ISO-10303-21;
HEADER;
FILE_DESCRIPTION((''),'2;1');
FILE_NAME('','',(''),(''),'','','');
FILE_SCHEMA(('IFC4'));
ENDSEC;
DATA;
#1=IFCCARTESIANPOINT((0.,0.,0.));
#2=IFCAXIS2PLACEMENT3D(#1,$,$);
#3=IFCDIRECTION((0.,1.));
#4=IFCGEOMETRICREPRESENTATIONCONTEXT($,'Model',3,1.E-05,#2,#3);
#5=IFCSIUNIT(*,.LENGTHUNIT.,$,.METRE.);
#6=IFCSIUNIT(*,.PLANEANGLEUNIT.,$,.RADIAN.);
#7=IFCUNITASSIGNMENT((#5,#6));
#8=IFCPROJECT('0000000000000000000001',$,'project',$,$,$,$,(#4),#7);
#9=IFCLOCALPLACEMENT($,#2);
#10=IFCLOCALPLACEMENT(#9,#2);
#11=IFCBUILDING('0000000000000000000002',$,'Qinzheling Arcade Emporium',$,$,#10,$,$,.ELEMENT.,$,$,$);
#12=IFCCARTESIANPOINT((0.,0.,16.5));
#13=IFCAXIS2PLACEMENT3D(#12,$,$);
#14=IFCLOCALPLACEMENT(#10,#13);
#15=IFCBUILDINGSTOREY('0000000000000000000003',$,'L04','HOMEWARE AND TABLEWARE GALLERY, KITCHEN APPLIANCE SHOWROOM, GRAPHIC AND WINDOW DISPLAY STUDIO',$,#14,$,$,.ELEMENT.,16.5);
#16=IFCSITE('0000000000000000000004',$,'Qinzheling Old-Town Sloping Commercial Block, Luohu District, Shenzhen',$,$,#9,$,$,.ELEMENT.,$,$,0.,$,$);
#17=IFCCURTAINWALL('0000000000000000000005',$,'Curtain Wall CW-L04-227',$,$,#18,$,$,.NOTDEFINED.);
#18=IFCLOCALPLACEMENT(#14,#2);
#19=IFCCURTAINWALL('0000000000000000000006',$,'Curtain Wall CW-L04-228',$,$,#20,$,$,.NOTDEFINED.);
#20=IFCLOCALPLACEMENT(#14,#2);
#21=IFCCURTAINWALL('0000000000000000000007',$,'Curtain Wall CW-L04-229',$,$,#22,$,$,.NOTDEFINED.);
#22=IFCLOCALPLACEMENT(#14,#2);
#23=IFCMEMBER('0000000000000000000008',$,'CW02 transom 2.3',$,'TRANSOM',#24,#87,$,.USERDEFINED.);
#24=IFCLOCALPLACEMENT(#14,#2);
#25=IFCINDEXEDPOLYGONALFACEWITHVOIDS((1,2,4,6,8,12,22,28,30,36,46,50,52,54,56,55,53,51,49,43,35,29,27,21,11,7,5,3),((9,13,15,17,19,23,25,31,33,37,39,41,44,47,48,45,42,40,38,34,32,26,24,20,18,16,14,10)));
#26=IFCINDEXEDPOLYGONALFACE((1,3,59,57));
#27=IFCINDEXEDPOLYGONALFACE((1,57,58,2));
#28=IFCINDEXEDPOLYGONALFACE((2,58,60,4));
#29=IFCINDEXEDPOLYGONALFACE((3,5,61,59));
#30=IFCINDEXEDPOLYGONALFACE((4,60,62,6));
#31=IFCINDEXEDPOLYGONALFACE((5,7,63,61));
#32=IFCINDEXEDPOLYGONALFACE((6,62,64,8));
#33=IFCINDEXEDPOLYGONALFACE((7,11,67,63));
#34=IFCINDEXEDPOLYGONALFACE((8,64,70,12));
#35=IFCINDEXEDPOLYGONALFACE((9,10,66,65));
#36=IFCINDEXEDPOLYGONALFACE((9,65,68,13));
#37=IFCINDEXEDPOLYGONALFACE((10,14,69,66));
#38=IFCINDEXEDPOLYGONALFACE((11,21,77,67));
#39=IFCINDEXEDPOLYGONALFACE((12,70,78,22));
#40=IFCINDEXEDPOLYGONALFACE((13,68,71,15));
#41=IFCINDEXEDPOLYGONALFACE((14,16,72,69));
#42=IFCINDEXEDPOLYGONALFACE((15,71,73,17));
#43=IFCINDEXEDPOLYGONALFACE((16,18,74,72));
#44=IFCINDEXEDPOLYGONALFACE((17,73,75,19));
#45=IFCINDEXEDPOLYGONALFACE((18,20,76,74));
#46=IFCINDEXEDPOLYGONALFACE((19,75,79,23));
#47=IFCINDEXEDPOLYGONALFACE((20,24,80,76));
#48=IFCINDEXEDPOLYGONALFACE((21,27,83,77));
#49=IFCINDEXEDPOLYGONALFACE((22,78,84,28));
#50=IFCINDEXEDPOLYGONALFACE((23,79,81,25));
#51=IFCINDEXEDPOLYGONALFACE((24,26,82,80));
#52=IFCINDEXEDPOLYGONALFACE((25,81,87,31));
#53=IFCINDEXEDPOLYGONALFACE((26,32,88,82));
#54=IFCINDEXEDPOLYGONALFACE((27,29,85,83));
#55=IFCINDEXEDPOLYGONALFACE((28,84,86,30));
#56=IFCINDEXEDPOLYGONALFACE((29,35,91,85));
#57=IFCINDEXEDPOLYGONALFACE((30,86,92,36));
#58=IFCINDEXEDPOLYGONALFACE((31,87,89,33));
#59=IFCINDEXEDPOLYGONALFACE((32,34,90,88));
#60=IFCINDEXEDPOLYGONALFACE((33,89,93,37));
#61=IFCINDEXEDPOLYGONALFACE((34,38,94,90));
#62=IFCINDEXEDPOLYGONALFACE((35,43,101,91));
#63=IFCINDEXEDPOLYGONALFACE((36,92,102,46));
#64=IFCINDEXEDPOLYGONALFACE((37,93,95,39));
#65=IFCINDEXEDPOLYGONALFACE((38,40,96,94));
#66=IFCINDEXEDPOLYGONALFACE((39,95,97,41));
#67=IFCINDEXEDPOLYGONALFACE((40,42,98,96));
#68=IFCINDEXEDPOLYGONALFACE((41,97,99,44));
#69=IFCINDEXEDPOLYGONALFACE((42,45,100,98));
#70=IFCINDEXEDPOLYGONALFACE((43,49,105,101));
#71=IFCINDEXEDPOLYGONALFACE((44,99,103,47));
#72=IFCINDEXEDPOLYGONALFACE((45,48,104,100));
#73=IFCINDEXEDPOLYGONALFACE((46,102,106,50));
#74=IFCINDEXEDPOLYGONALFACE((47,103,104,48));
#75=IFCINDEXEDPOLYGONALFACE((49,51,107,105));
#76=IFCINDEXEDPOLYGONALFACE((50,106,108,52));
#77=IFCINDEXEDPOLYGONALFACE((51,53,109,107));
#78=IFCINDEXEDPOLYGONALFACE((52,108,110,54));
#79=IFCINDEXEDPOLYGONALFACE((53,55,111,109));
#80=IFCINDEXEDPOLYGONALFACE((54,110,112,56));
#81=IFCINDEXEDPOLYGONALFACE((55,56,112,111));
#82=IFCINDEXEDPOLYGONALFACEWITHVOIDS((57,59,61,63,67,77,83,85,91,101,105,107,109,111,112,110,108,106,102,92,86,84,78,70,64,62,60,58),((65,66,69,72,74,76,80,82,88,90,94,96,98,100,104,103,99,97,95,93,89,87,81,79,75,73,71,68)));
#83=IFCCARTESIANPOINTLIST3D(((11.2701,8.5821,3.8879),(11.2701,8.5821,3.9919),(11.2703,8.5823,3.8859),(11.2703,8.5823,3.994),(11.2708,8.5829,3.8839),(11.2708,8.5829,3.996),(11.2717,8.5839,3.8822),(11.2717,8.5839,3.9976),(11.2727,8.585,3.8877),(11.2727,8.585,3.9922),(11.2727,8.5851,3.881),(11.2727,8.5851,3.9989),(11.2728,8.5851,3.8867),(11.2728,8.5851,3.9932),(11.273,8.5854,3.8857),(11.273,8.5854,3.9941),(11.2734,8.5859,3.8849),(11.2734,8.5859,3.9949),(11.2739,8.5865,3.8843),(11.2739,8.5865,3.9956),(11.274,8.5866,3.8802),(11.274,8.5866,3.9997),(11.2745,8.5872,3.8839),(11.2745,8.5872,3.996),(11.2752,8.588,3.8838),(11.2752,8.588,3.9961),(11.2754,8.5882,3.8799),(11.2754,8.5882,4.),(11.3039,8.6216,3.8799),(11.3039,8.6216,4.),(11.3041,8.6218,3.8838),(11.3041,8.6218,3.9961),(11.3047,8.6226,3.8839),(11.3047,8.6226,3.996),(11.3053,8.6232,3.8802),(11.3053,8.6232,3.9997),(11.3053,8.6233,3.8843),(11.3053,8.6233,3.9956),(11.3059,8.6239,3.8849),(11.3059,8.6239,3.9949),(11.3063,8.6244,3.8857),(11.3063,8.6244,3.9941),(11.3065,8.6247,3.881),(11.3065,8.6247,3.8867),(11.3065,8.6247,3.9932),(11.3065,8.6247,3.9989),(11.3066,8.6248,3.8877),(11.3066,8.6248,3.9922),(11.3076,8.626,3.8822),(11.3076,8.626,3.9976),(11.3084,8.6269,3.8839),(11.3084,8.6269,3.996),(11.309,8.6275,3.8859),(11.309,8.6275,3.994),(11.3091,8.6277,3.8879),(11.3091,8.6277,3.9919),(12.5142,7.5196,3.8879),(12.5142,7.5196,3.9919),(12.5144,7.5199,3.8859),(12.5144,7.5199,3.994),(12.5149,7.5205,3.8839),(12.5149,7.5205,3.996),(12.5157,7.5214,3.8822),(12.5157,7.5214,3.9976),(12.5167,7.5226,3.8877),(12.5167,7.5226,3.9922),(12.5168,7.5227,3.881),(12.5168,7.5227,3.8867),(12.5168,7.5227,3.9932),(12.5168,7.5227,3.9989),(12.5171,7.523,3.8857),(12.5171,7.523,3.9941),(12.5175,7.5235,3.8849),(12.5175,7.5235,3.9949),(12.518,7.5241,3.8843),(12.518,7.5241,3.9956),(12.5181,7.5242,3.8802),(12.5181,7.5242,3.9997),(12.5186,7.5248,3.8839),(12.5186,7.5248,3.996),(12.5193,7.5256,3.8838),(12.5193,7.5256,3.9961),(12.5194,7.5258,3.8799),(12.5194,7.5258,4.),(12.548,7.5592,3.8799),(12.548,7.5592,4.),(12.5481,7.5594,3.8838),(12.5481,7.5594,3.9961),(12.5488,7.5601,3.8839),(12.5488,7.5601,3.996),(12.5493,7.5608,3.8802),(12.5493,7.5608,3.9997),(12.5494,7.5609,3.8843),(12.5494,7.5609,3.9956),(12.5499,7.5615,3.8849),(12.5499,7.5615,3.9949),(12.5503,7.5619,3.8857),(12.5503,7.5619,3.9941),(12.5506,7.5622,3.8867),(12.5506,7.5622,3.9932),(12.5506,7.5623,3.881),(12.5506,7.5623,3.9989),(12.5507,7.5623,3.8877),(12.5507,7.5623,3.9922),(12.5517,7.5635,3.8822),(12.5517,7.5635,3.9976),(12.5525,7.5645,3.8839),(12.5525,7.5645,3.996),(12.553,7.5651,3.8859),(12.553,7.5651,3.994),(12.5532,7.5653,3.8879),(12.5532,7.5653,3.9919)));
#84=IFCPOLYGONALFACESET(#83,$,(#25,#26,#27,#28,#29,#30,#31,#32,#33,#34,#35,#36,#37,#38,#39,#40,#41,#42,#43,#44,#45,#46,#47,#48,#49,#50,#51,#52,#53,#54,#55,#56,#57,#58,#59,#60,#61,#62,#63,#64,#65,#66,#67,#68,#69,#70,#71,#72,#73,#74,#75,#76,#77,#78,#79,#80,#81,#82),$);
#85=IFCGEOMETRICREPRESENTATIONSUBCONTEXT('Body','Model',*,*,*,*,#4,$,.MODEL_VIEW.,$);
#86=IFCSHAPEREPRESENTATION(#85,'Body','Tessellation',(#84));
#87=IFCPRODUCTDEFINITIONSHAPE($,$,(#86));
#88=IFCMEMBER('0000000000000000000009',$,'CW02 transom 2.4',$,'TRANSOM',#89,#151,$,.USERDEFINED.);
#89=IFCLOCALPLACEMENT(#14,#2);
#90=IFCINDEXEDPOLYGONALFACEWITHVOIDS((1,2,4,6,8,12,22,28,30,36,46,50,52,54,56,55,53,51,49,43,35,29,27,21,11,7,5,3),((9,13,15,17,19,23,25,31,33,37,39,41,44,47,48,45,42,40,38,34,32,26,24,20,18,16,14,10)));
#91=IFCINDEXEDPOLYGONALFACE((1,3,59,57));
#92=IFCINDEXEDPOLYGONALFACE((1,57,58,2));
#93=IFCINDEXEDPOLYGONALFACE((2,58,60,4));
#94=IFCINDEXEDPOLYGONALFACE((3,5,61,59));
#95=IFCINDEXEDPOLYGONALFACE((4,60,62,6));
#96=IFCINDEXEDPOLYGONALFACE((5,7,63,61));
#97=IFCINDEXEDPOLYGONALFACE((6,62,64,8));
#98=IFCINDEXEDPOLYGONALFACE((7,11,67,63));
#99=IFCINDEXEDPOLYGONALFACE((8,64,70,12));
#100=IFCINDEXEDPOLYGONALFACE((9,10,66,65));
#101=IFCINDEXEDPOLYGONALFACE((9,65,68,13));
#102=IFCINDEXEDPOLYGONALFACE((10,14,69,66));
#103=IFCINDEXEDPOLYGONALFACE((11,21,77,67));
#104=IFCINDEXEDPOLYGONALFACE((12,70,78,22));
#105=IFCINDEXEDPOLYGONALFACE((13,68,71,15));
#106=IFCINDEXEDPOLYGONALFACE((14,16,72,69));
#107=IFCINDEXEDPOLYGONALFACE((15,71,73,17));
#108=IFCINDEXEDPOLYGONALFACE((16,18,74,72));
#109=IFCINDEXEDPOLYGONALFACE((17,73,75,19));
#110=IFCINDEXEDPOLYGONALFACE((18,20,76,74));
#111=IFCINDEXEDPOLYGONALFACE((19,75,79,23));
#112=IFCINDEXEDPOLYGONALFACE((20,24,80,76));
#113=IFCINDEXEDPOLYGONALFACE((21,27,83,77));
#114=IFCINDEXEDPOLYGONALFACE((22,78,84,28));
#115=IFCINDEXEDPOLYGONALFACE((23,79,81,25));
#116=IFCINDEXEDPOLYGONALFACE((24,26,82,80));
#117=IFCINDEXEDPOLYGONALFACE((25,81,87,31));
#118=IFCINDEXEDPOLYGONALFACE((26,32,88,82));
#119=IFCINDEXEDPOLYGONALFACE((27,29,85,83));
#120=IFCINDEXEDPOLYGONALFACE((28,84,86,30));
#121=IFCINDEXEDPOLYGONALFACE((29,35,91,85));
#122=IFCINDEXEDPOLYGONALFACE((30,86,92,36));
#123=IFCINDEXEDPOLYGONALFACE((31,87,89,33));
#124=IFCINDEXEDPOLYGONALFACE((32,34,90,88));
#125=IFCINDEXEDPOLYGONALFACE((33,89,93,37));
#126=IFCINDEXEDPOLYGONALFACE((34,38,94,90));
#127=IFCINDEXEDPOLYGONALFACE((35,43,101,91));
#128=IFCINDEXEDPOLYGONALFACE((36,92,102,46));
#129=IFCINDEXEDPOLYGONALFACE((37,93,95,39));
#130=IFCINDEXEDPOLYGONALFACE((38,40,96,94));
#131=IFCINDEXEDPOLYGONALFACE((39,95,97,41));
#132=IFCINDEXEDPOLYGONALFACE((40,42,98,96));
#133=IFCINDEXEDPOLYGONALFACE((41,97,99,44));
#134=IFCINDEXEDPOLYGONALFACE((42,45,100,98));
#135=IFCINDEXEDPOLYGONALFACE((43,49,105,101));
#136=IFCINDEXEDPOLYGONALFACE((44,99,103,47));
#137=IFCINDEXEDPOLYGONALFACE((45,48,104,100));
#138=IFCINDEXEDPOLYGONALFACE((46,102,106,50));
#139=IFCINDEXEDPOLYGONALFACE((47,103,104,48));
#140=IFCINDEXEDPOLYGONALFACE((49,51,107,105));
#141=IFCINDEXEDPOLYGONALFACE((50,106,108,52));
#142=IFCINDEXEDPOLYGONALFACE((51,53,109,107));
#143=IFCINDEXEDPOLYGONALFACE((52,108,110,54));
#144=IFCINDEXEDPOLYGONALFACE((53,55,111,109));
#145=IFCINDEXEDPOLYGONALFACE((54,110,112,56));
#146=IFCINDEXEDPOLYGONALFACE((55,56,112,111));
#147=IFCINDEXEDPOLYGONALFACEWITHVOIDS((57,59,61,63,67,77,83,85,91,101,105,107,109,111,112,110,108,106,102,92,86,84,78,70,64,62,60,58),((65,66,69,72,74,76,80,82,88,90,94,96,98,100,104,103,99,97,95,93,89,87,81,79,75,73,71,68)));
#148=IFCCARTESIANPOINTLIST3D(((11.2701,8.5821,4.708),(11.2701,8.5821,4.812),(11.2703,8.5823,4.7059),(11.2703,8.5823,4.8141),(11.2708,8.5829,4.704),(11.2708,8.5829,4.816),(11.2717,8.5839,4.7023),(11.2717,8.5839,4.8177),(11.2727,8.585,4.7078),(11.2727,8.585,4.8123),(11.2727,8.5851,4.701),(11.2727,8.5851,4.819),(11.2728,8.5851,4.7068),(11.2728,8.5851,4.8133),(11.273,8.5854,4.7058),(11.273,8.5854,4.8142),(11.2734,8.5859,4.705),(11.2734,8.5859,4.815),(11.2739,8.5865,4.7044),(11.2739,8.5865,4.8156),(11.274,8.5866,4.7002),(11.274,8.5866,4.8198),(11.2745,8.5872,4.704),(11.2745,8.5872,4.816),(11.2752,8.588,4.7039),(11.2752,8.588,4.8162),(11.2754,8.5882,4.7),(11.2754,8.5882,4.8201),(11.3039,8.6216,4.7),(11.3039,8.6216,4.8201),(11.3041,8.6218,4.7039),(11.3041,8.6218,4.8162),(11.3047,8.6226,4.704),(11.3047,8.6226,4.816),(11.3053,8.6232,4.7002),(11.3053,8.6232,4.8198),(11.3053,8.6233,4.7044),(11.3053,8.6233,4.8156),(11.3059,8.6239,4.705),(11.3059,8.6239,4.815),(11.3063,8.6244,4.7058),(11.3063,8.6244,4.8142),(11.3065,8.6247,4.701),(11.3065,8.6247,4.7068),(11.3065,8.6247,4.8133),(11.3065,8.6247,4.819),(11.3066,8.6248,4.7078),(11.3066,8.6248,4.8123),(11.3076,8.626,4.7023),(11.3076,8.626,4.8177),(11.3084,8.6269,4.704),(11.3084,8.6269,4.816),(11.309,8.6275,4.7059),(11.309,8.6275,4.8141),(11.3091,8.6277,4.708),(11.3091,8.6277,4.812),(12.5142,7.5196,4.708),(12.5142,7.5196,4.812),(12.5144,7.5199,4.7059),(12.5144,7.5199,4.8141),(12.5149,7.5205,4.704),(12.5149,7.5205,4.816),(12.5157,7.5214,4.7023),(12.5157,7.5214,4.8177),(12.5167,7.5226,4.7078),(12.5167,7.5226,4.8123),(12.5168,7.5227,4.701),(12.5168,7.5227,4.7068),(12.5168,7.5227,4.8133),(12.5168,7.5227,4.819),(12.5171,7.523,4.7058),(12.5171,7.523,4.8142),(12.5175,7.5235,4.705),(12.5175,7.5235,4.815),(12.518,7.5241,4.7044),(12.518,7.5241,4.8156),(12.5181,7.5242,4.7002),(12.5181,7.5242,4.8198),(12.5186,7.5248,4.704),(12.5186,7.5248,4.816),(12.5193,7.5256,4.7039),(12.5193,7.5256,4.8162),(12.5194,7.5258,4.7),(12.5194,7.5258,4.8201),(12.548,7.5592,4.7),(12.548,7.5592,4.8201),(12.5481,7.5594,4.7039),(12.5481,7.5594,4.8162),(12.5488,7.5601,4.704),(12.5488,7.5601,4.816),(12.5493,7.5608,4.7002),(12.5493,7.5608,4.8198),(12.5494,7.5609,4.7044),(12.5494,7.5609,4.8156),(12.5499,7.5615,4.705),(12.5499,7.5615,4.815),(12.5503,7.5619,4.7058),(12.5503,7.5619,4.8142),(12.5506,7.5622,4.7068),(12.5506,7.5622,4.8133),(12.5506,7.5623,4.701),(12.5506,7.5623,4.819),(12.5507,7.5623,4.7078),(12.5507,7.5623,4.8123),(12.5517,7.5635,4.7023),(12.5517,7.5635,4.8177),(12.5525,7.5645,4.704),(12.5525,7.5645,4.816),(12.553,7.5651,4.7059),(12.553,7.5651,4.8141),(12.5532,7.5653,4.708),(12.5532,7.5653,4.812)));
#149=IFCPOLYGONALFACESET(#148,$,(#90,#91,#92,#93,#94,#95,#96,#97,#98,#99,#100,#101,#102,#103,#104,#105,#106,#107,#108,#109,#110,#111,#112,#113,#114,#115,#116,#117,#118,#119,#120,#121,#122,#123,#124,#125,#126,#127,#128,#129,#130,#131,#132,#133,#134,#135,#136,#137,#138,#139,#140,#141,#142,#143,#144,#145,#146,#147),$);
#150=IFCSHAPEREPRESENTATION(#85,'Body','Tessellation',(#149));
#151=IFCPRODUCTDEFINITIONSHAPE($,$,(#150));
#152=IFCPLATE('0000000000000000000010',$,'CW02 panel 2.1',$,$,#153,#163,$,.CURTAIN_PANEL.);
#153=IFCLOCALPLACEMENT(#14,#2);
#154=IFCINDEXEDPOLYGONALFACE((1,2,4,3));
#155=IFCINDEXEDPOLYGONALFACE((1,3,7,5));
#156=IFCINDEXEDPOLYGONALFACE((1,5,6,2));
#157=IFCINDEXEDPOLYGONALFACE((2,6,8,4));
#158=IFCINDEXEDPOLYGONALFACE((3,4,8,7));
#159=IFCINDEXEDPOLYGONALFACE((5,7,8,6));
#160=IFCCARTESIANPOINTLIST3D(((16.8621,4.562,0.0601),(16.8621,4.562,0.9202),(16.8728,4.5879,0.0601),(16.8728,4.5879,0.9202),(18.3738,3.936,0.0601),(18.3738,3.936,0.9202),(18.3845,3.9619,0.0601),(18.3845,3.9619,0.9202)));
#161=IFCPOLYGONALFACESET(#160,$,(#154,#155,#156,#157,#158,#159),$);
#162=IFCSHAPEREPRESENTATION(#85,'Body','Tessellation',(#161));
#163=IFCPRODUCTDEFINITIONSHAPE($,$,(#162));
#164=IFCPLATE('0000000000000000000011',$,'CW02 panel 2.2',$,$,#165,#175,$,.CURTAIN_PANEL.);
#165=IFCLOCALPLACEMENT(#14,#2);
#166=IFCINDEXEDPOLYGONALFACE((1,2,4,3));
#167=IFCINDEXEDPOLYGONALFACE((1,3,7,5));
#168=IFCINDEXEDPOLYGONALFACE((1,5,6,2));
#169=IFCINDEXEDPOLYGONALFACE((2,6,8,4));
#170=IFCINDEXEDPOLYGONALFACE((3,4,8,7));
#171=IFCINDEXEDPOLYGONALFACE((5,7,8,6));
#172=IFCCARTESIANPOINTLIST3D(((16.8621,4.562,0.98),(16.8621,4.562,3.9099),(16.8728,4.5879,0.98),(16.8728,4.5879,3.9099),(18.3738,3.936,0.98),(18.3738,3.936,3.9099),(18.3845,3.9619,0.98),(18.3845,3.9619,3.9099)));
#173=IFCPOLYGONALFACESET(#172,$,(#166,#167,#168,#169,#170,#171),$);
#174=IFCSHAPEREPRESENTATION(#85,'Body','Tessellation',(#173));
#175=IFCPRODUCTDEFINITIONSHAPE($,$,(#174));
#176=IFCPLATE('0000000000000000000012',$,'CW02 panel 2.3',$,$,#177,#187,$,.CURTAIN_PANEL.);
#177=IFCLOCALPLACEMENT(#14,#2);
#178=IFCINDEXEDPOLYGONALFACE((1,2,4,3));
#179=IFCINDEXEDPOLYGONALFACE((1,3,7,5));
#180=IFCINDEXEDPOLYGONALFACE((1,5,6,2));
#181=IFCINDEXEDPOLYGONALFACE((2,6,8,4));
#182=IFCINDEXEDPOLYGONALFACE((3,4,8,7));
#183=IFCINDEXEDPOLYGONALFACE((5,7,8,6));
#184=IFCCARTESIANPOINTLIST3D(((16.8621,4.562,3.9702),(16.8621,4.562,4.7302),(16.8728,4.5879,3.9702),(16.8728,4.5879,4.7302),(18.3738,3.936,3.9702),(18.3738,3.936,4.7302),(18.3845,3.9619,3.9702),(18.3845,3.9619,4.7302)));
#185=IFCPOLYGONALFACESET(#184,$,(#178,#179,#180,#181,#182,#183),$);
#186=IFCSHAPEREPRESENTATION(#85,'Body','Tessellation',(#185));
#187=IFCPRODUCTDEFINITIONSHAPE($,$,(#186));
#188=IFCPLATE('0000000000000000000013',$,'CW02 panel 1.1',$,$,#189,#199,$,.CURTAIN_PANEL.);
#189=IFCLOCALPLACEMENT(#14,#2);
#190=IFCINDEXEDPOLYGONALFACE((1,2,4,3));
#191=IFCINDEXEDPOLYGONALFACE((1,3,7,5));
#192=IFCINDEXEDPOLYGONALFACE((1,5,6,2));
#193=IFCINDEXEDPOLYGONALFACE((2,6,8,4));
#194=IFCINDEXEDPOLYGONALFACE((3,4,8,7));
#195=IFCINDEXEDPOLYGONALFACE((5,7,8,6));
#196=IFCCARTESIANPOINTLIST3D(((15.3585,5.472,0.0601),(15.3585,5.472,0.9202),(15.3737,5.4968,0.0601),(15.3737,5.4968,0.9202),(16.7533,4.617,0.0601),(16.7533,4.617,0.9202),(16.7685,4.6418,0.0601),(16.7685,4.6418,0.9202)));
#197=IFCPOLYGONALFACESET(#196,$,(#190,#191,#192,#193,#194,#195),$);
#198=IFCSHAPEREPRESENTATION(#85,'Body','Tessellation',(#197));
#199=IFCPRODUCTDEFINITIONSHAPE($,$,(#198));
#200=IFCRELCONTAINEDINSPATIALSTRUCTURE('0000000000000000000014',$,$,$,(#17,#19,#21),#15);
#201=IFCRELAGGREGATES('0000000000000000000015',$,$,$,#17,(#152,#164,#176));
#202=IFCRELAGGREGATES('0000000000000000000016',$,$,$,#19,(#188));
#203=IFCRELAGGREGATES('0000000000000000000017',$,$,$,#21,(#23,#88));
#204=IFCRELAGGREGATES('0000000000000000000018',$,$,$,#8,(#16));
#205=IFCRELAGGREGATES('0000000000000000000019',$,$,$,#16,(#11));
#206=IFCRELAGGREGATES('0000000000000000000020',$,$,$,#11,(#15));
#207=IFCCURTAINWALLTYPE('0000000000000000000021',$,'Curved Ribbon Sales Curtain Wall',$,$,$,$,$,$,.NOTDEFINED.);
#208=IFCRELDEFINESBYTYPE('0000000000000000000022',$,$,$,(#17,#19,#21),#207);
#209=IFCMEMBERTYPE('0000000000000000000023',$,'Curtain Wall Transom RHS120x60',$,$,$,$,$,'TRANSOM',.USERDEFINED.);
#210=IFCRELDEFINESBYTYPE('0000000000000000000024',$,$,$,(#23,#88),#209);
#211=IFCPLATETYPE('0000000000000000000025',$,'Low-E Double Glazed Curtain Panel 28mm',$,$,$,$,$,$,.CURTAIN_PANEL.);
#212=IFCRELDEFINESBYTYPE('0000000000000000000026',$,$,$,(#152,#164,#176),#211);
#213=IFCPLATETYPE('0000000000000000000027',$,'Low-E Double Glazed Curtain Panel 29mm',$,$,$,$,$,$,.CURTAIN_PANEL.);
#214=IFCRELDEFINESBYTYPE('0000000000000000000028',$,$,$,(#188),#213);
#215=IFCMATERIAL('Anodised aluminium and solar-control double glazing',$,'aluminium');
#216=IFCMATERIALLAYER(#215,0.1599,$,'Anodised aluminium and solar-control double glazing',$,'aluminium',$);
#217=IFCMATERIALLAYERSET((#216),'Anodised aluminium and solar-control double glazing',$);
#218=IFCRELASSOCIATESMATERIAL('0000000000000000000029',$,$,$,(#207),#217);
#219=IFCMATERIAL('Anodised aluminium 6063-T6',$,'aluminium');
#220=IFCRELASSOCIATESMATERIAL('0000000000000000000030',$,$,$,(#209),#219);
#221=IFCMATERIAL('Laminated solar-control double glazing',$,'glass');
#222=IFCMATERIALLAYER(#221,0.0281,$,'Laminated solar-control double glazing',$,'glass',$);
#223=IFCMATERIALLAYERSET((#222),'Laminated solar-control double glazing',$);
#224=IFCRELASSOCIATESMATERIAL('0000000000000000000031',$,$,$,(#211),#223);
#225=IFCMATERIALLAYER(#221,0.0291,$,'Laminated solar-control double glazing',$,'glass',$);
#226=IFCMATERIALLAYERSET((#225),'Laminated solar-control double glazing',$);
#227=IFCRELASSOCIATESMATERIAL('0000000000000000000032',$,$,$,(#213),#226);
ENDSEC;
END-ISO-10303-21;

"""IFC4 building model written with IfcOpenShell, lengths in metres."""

from ifc_helpers import new_model, si_unit, direction, frame, origin, origin_2d, place, context, subcontext, project, spatial, rectangle, hollow_rectangle, extrude, material, layer, layer_set, material_profile, profile_set, type_object, element, aggregate, save


model = new_model("IFC4")

# Units and contexts
model_context = context("Model", 3, precision=1e-05, world=origin(), true_north=direction((0.0, 1.0)))
body_context = subcontext(model_context, "Body", "Model", "MODEL_VIEW")
ifc_project = project(units=[si_unit("LENGTHUNIT", "METRE"), si_unit("PLANEANGLEUNIT", "RADIAN")], contexts=[model_context])

# Site, building, storey
site_placement = place(None, origin())
site = spatial("IfcSite", under=ifc_project, at=site_placement, Name="Qinzheling Old-Town Sloping Commercial Block, Luohu District, Shenzhen", CompositionType="ELEMENT", RefElevation=0.0)
building_placement = place(site_placement, origin())
building = spatial("IfcBuilding", under=site, at=building_placement, Name="Qinzheling Arcade Emporium", CompositionType="ELEMENT")
storey_placement = place(building_placement, frame((0.0, 0.0, 16.5)))
storey = spatial("IfcBuildingStorey", under=building, at=storey_placement, Name="L04", Description="HOMEWARE AND TABLEWARE GALLERY, KITCHEN APPLIANCE SHOWROOM, GRAPHIC AND WINDOW DISPLAY STUDIO", CompositionType="ELEMENT", Elevation=16.5)

# Curtain wall
ifc_material_1 = material(Name="Anodised aluminium and solar-control double glazing", Category="aluminium")
ifc_layer_1 = layer(ifc_material_1, 0.1599, Name="Anodised aluminium and solar-control double glazing", Category="aluminium")
ifc_layer_set_1 = layer_set([ifc_layer_1], Name="Anodised aluminium and solar-control double glazing")
curtain_wall_type = type_object("IfcCurtainWallType", Name="Curved Ribbon Sales Curtain Wall", PredefinedType="NOTDEFINED", material=ifc_layer_set_1)
curtain_wall_1_placement = place(storey_placement, origin())
curtain_wall_1 = element("IfcCurtainWall", 1, at=curtain_wall_1_placement, inside=storey, type_object=curtain_wall_type, Name="Curtain Wall CW-L04-227", PredefinedType="NOTDEFINED")
ifc_material_2 = material(Name="Anodised aluminium 6063-T6", Category="aluminium")

# Curtain walls
curtain_wall_2_placement = place(storey_placement, origin())
curtain_wall_2 = element("IfcCurtainWall", 2, at=curtain_wall_2_placement, inside=storey, type_object=curtain_wall_type, Name="Curtain Wall CW-L04-228", PredefinedType="NOTDEFINED")
curtain_wall_3_placement = place(storey_placement, origin())
curtain_wall_3 = element("IfcCurtainWall", 3, at=curtain_wall_3_placement, inside=storey, type_object=curtain_wall_type, Name="Curtain Wall CW-L04-229", PredefinedType="NOTDEFINED")

# Members
ifc_material_profile_1 = material_profile(ifc_material_2, hollow_rectangle(XDim=0.0601, YDim=0.1201, WallThickness=0.0039, InnerFilletRadius=0.0039, OuterFilletRadius=0.0081, at=origin_2d()), Name="RHS 120x60x4", Category="aluminium")
ifc_profile_set_1 = profile_set([ifc_material_profile_1], Name="Anodised aluminium 6063-T6")
member_type_1 = type_object("IfcMemberType", Name="Curtain Wall Transom RHS120x60", ElementType="TRANSOM", PredefinedType="USERDEFINED", material=ifc_profile_set_1)
member_1_placement = place(storey_placement, frame((12.5337, 7.5425, 3.9399), z_axis=(-0.760435, 0.649414, 0.0), x_axis=(-0.649414, -0.760435, 0.0)))
member_1 = element("IfcMember", 4, at=member_1_placement, type_object=member_type_1, Name="CW02 transom 2.3", ObjectType="TRANSOM", PredefinedType="USERDEFINED", context=body_context, shape_type="SweptSolid", body=[
    extrude(hollow_rectangle(XDim=0.0601, YDim=0.1201, WallThickness=0.0039, InnerFilletRadius=0.0039, OuterFilletRadius=0.0081, at=origin_2d()), origin(), (0.0, 0.0, 1.0), 1.636),
])
member_2_placement = place(storey_placement, frame((12.5337, 7.5425, 4.76), z_axis=(-0.760435, 0.649414, 0.0), x_axis=(-0.649414, -0.760435, 0.0)))
member_2 = element("IfcMember", 5, at=member_2_placement, type_object=member_type_1, Name="CW02 transom 2.4", ObjectType="TRANSOM", PredefinedType="USERDEFINED", context=body_context, shape_type="SweptSolid", body=[
    extrude(hollow_rectangle(XDim=0.0601, YDim=0.1201, WallThickness=0.0039, InnerFilletRadius=0.0039, OuterFilletRadius=0.0081, at=origin_2d()), origin(), (0.0, 0.0, 1.0), 1.636),
])

# Plates
ifc_material_3 = material(Name="Laminated solar-control double glazing", Category="glass")
ifc_layer_2 = layer(ifc_material_3, 0.0281, Name="Laminated solar-control double glazing", Category="glass")
ifc_layer_set_2 = layer_set([ifc_layer_2], Name="Laminated solar-control double glazing")
plate_type_1 = type_object("IfcPlateType", Name="Low-E Double Glazed Curtain Panel 28mm", PredefinedType="CURTAIN_PANEL", material=ifc_layer_set_2)
plate_1_placement = place(storey_placement, frame((17.6233, 4.262, 0.0601), z_axis=(0.0, 0.0, 1.0), x_axis=(-0.923914, 0.382599, 0.0)))
plate_1 = element("IfcPlate", 6, at=plate_1_placement, type_object=plate_type_1, Name="CW02 panel 2.1", PredefinedType="CURTAIN_PANEL", context=body_context, shape_type="SweptSolid", body=[
    extrude(rectangle(XDim=1.6362, YDim=0.0281, at=origin_2d()), origin(), (0.0, 0.0, 1.0), 0.8601),
])
plate_2_placement = place(storey_placement, frame((17.6233, 4.262, 0.98), z_axis=(0.0, 0.0, 1.0), x_axis=(-0.923914, 0.382599, 0.0)))
plate_2 = element("IfcPlate", 7, at=plate_2_placement, type_object=plate_type_1, Name="CW02 panel 2.2", PredefinedType="CURTAIN_PANEL", context=body_context, shape_type="SweptSolid", body=[
    extrude(rectangle(XDim=1.6362, YDim=0.0281, at=origin_2d()), origin(), (0.0, 0.0, 1.0), 2.9299),
])
plate_3_placement = place(storey_placement, frame((17.6233, 4.262, 3.9702), z_axis=(0.0, 0.0, 1.0), x_axis=(-0.923914, 0.382599, 0.0)))
plate_3 = element("IfcPlate", 8, at=plate_3_placement, type_object=plate_type_1, Name="CW02 panel 2.3", PredefinedType="CURTAIN_PANEL", context=body_context, shape_type="SweptSolid", body=[
    extrude(rectangle(XDim=1.6362, YDim=0.0281, at=origin_2d()), origin(), (0.0, 0.0, 1.0), 0.76),
])
aggregate(curtain_wall_1, [plate_1, plate_2, plate_3])
ifc_layer_3 = layer(ifc_material_3, 0.0291, Name="Laminated solar-control double glazing", Category="glass")
ifc_layer_set_3 = layer_set([ifc_layer_3], Name="Laminated solar-control double glazing")
plate_type_2 = type_object("IfcPlateType", Name="Low-E Double Glazed Curtain Panel 29mm", PredefinedType="CURTAIN_PANEL", material=ifc_layer_set_3)
plate_4_placement = place(storey_placement, frame((16.0635, 5.0569, 0.0601), z_axis=(0.0, 0.0, 1.0), x_axis=(-0.852572, 0.52261, 0.0)))
plate_4 = element("IfcPlate", 9, at=plate_4_placement, type_object=plate_type_2, Name="CW02 panel 1.1", PredefinedType="CURTAIN_PANEL", context=body_context, shape_type="SweptSolid", body=[
    extrude(rectangle(XDim=1.636, YDim=0.0291, at=origin_2d()), origin(), (0.0, 0.0, 1.0), 0.8601),
])
aggregate(curtain_wall_2, [plate_4])
aggregate(curtain_wall_3, [member_1, member_2])

save(model, "model.ifc")
